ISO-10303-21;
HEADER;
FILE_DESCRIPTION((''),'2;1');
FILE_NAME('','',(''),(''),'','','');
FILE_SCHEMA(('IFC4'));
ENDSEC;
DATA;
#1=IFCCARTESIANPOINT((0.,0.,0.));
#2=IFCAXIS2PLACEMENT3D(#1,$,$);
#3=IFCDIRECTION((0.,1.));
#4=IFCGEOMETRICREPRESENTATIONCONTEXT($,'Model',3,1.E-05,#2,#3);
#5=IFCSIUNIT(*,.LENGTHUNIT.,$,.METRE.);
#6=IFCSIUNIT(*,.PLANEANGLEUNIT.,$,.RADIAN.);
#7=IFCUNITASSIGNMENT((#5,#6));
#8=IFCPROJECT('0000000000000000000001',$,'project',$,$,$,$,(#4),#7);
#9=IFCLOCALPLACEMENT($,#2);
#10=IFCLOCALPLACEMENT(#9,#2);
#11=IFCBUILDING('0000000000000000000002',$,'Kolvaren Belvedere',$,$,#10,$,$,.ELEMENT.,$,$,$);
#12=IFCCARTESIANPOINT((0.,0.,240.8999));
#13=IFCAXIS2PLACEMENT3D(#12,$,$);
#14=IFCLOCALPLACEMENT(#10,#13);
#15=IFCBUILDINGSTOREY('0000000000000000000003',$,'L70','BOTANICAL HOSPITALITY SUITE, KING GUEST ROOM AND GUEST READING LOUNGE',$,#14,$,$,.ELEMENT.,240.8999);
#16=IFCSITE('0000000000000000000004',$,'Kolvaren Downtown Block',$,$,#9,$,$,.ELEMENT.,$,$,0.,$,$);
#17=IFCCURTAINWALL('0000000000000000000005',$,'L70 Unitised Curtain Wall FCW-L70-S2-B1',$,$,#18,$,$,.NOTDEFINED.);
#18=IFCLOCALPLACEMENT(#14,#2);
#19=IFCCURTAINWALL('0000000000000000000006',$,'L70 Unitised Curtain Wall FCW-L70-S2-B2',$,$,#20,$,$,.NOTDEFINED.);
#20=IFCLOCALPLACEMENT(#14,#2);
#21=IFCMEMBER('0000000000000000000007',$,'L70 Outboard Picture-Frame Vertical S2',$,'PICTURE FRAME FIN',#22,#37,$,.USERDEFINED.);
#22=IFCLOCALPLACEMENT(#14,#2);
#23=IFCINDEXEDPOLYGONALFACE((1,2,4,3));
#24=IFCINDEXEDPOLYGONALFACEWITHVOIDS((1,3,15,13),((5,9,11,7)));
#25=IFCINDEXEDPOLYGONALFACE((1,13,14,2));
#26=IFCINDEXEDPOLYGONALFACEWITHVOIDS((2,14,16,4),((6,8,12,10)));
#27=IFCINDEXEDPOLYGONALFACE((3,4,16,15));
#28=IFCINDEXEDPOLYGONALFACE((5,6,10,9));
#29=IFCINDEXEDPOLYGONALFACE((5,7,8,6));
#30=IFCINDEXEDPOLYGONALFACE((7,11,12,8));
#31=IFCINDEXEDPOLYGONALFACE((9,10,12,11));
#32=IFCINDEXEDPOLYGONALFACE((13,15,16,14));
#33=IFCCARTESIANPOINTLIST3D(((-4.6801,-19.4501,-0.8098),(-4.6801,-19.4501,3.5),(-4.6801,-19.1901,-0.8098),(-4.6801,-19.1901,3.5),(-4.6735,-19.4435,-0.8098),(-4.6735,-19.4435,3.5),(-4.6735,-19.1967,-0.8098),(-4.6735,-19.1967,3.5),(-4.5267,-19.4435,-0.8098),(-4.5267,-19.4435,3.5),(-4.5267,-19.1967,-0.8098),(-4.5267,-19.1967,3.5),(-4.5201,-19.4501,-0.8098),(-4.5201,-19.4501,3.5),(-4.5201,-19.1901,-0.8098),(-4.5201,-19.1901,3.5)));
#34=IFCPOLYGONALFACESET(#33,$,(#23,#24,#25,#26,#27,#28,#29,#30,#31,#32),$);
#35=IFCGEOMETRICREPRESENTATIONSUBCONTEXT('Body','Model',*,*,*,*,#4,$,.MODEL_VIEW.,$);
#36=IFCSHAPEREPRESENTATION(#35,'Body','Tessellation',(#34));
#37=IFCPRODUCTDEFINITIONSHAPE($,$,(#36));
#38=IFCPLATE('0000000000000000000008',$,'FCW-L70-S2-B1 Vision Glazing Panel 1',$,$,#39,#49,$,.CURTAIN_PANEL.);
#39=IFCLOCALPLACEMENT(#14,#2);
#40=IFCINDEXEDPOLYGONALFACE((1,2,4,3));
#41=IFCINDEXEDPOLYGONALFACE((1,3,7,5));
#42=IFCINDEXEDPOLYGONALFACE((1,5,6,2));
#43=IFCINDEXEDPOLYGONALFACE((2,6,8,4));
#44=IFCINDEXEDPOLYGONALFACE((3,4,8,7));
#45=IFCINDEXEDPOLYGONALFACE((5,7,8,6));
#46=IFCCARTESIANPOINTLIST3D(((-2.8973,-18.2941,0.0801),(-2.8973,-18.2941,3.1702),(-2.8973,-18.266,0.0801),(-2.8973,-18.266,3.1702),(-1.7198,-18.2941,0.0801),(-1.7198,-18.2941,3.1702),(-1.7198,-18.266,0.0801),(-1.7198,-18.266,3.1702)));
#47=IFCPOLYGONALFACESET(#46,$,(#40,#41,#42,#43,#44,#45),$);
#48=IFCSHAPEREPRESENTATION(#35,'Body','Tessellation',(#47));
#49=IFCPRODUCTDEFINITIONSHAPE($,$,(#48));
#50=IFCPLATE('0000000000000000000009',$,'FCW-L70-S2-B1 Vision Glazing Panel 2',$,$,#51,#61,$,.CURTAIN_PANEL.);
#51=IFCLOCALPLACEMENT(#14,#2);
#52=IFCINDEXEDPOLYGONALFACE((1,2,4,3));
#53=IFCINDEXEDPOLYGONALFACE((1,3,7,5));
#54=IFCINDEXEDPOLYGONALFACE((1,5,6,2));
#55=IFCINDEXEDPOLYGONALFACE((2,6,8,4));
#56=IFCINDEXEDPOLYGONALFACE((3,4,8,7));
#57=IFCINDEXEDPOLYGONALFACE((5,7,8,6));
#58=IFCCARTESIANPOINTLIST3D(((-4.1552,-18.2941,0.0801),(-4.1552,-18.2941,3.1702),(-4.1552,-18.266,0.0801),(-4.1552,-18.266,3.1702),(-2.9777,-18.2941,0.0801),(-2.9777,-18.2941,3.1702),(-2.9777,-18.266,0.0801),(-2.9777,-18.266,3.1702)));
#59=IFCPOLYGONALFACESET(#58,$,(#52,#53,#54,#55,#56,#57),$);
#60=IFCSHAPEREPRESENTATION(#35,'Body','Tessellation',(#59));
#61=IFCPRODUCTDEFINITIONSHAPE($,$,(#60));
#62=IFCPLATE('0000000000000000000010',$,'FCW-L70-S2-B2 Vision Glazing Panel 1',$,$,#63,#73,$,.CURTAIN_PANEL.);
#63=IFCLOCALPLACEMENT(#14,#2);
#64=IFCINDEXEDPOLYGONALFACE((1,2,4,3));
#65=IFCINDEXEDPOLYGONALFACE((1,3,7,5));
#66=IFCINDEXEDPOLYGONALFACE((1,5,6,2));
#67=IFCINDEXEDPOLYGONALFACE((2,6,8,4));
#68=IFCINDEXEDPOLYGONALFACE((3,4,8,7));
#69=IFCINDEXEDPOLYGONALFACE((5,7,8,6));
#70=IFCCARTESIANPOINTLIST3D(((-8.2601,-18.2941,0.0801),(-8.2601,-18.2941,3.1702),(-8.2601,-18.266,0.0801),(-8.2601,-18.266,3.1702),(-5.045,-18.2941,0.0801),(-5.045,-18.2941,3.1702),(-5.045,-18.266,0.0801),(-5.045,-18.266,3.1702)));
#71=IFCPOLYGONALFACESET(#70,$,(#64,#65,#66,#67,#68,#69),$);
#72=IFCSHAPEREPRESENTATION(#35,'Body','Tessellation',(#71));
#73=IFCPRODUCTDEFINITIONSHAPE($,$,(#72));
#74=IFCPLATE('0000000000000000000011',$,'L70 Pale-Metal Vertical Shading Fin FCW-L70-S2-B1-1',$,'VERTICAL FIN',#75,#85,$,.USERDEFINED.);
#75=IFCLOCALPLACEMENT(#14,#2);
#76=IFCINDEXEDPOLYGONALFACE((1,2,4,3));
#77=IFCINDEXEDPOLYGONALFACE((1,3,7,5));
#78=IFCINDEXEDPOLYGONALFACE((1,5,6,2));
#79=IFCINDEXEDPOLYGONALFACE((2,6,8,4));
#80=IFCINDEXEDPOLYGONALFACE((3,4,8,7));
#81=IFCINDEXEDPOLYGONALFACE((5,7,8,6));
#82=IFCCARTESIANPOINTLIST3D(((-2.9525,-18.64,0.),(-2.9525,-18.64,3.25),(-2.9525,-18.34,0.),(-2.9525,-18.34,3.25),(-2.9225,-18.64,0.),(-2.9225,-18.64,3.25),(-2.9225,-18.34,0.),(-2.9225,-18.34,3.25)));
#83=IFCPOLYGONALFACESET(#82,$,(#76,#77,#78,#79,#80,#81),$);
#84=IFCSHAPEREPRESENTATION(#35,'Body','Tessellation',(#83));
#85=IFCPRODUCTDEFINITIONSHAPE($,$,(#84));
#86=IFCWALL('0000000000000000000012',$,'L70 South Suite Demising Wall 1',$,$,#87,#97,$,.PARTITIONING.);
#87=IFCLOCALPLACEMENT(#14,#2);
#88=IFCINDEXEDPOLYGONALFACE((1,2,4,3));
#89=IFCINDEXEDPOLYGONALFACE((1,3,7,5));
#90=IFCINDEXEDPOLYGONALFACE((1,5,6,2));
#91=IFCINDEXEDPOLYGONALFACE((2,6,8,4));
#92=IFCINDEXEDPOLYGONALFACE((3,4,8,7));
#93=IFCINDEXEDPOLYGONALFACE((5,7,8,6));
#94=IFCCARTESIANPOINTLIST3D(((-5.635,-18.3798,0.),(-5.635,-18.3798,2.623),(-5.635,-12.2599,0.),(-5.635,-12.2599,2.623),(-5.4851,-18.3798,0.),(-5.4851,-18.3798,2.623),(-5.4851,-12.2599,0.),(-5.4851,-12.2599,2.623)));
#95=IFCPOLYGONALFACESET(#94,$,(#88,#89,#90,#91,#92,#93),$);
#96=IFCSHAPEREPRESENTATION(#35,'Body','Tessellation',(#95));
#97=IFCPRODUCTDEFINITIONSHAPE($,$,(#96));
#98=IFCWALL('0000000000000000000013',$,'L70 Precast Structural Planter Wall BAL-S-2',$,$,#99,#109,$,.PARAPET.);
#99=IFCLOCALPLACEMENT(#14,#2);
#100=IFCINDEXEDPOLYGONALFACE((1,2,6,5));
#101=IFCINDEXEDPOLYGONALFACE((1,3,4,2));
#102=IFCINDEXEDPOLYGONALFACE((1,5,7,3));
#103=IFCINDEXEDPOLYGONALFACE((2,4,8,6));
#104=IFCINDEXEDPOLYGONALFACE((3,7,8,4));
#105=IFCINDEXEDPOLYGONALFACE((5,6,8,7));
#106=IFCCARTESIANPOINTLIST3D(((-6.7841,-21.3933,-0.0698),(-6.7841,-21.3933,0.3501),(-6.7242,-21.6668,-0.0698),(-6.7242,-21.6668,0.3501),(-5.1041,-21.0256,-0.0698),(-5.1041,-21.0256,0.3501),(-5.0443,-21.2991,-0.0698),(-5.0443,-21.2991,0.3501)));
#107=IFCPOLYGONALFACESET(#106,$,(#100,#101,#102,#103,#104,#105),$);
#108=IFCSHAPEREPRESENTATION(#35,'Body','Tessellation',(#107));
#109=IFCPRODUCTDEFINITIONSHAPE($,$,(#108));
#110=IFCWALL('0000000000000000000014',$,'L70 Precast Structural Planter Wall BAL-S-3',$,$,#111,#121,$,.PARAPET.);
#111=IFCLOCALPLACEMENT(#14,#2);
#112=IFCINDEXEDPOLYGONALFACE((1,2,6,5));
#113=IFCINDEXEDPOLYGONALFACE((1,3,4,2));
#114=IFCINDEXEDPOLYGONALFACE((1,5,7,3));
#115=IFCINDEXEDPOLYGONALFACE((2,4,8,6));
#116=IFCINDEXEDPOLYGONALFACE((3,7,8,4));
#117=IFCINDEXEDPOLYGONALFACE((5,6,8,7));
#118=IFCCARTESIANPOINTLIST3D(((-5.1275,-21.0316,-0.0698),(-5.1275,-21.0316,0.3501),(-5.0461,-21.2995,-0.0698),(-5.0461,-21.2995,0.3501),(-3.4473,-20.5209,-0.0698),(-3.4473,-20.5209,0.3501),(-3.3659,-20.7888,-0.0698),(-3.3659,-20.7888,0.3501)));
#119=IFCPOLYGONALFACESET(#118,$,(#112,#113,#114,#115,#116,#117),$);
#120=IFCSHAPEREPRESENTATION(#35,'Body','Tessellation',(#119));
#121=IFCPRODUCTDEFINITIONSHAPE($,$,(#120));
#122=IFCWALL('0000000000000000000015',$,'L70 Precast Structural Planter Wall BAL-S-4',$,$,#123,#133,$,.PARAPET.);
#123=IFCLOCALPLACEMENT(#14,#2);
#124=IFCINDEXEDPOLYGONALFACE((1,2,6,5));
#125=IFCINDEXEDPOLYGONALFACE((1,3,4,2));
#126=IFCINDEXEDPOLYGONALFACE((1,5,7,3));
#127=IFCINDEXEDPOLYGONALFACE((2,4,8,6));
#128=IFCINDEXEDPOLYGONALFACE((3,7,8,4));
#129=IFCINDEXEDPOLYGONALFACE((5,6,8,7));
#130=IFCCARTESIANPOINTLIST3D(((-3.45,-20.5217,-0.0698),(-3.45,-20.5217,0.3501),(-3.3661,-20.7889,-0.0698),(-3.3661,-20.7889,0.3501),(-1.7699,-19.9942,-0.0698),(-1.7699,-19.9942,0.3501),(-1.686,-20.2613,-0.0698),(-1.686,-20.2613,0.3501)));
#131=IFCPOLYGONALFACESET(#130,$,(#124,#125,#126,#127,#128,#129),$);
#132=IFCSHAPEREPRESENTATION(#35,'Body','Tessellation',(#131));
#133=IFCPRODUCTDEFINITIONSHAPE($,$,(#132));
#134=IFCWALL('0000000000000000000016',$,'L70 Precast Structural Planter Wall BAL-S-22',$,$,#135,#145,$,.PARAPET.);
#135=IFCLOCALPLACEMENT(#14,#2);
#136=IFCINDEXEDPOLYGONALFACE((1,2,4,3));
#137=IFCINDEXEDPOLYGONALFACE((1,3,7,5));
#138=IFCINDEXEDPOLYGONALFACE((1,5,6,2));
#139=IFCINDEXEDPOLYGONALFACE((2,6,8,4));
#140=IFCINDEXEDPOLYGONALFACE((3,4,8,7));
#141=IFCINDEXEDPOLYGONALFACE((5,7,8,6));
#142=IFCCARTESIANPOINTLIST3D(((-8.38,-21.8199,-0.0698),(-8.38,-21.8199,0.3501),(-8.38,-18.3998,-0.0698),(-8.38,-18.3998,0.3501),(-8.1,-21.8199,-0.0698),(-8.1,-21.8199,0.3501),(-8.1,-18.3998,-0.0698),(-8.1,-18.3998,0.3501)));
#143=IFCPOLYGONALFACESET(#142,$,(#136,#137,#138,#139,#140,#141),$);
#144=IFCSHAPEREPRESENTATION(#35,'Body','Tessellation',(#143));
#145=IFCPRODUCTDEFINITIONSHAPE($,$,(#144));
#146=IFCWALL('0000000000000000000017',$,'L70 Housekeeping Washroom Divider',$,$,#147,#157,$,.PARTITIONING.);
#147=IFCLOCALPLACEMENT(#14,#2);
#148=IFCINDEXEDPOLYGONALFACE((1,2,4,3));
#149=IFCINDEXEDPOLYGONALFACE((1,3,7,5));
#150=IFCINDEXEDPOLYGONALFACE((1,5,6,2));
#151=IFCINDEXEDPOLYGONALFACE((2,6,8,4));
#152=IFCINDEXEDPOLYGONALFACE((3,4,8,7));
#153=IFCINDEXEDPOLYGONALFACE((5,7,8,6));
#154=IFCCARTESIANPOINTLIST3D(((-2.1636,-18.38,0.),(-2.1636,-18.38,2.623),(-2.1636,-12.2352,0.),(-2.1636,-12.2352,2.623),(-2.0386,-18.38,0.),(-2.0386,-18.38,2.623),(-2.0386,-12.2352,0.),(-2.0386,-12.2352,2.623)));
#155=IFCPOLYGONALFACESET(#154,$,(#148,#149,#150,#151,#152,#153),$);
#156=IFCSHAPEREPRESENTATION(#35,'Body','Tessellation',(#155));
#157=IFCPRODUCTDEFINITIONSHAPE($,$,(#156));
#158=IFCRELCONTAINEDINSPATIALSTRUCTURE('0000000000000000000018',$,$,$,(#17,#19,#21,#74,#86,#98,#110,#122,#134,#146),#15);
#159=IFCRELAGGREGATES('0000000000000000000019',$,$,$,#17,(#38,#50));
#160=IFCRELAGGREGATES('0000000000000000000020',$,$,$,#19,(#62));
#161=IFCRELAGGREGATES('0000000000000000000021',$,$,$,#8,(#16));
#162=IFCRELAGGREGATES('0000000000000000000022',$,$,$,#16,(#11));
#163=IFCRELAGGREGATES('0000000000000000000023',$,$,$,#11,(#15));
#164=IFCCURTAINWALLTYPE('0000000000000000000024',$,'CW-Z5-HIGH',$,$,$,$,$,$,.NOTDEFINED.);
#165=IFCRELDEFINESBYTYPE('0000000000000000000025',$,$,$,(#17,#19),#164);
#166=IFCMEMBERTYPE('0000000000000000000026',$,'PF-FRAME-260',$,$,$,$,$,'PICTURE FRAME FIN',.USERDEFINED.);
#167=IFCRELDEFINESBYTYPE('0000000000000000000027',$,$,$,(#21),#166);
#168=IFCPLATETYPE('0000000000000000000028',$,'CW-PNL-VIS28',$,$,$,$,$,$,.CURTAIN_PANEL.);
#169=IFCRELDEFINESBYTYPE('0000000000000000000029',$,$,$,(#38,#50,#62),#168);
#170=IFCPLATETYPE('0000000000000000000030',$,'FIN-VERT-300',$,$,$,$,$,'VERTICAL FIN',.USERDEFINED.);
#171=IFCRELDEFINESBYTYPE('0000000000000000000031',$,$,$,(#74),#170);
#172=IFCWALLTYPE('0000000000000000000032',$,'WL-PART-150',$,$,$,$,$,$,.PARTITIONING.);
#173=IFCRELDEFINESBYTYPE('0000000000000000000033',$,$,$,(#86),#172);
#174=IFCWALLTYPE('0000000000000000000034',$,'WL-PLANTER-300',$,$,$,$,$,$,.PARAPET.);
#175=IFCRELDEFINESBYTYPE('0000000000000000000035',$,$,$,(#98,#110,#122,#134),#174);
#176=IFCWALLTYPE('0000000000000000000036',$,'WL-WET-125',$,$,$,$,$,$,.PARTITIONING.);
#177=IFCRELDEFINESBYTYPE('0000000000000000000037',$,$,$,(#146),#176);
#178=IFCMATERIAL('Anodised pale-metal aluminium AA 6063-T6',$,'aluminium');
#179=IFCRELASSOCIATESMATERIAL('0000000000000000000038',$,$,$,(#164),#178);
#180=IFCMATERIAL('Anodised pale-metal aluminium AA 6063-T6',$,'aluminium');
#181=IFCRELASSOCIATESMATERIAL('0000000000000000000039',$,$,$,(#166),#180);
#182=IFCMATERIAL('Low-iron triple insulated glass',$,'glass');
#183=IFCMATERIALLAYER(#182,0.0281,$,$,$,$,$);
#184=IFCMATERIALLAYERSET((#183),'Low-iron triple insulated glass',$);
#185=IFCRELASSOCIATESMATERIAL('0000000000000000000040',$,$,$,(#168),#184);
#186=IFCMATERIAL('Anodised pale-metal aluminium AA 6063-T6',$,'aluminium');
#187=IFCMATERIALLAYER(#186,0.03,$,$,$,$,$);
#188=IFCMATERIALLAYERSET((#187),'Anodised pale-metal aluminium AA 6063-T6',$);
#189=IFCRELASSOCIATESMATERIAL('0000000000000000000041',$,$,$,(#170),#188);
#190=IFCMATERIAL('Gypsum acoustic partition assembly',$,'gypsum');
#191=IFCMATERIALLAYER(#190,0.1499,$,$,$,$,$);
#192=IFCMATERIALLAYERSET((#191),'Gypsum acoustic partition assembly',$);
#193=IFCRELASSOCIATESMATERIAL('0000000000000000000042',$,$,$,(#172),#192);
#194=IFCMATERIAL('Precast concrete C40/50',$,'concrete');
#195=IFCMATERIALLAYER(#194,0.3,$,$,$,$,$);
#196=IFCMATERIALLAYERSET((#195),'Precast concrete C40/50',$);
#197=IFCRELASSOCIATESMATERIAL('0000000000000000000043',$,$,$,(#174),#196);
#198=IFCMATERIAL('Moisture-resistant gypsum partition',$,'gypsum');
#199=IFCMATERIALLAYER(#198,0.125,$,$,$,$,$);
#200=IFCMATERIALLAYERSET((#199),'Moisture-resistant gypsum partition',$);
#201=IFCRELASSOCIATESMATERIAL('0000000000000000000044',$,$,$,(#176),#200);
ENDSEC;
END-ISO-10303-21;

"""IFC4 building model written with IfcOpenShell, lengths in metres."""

from ifc_helpers import new_model, si_unit, direction, frame, frame_2d, origin, origin_2d, place, context, subcontext, project, spatial, rectangle, hollow_rectangle, extrude, material, layer, layer_set, material_profile, profile_set, type_object, element, aggregate, save


model = new_model("IFC4")

# Units and contexts
model_context = context("Model", 3, precision=1e-05, world=origin(), true_north=direction((0.0, 1.0)))
body_context = subcontext(model_context, "Body", "Model", "MODEL_VIEW")
ifc_project = project(units=[si_unit("LENGTHUNIT", "METRE"), si_unit("PLANEANGLEUNIT", "RADIAN")], contexts=[model_context])

# Site, building, storey
site_placement = place(None, origin())
site = spatial("IfcSite", under=ifc_project, at=site_placement, Name="Kolvaren Downtown Block", CompositionType="ELEMENT", RefElevation=0.0)
building_placement = place(site_placement, origin())
building = spatial("IfcBuilding", under=site, at=building_placement, Name="Kolvaren Belvedere", CompositionType="ELEMENT")
storey_placement = place(building_placement, frame((0.0, 0.0, 240.8999)))
storey = spatial("IfcBuildingStorey", under=building, at=storey_placement, Name="L70", Description="BOTANICAL HOSPITALITY SUITE, KING GUEST ROOM AND GUEST READING LOUNGE", CompositionType="ELEMENT", Elevation=240.8999)

# Curtain walls
ifc_material_1 = material(Name="Anodised pale-metal aluminium AA 6063-T6", Category="aluminium")
curtain_wall_type = type_object("IfcCurtainWallType", Name="CW-Z5-HIGH", PredefinedType="NOTDEFINED", material=ifc_material_1)
curtain_wall_1_placement = place(storey_placement, origin())
curtain_wall_1 = element("IfcCurtainWall", 1, at=curtain_wall_1_placement, inside=storey, type_object=curtain_wall_type, Name="L70 Unitised Curtain Wall FCW-L70-S2-B1", PredefinedType="NOTDEFINED")
curtain_wall_2_placement = place(storey_placement, origin())
curtain_wall_2 = element("IfcCurtainWall", 2, at=curtain_wall_2_placement, inside=storey, type_object=curtain_wall_type, Name="L70 Unitised Curtain Wall FCW-L70-S2-B2", PredefinedType="NOTDEFINED")

# Member
ifc_material_2 = material(Name="Anodised pale-metal aluminium AA 6063-T6", Category="aluminium")
ifc_material_profile_1 = material_profile(ifc_material_2, hollow_rectangle(XDim=0.1599, YDim=0.26, WallThickness=0.0066, at=origin_2d()), Name="ALU-PF-260X160")
ifc_profile_set_1 = profile_set([ifc_material_profile_1], Name="Anodised pale-metal aluminium AA 6063-T6")
member_type_1 = type_object("IfcMemberType", Name="PF-FRAME-260", ElementType="PICTURE FRAME FIN", PredefinedType="USERDEFINED", material=ifc_profile_set_1)
member_1_placement = place(storey_placement, frame((-4.6001, -19.3201, -0.8098), z_axis=(0.0, 0.0, 1.0), x_axis=(1.0, 0.0, 0.0)))
element("IfcMember", 3, at=member_1_placement, inside=storey, type_object=member_type_1, Name="L70 Outboard Picture-Frame Vertical S2", ObjectType="PICTURE FRAME FIN", PredefinedType="USERDEFINED", context=body_context, shape_type="SweptSolid", body=[
    extrude(hollow_rectangle(XDim=0.1599, YDim=0.26, WallThickness=0.0066, at=origin_2d()), origin(), (0.0, 0.0, 1.0), 4.3098),
])

# Plates
ifc_material_3 = material(Name="Low-iron triple insulated glass", Category="glass")
ifc_layer_1 = layer(ifc_material_3, 0.0281)
ifc_layer_set_1 = layer_set([ifc_layer_1], Name="Low-iron triple insulated glass")
plate_type_1 = type_object("IfcPlateType", Name="CW-PNL-VIS28", PredefinedType="CURTAIN_PANEL", material=ifc_layer_set_1)
plate_1_placement = place(storey_placement, frame((-2.3086, -18.28, 0.0801), z_axis=(0.0, 0.0, 1.0), x_axis=(-1.0, 0.0, 0.0)))
plate_1 = element("IfcPlate", 4, at=plate_1_placement, type_object=plate_type_1, Name="FCW-L70-S2-B1 Vision Glazing Panel 1", PredefinedType="CURTAIN_PANEL", context=body_context, shape_type="SweptSolid", body=[
    extrude(rectangle(XDim=1.1775, YDim=0.0281, at=origin_2d()), origin(), (0.0, 0.0, 1.0), 3.0901),
])
plate_2_placement = place(storey_placement, frame((-3.5664, -18.28, 0.0801), z_axis=(0.0, 0.0, 1.0), x_axis=(-1.0, 0.0, 0.0)))
plate_2 = element("IfcPlate", 5, at=plate_2_placement, type_object=plate_type_1, Name="FCW-L70-S2-B1 Vision Glazing Panel 2", PredefinedType="CURTAIN_PANEL", context=body_context, shape_type="SweptSolid", body=[
    extrude(rectangle(XDim=1.1775, YDim=0.0281, at=origin_2d()), origin(), (0.0, 0.0, 1.0), 3.0901),
])
aggregate(curtain_wall_1, [plate_1, plate_2])
plate_3_placement = place(storey_placement, frame((-6.6526, -18.28, 0.0801), z_axis=(0.0, 0.0, 1.0), x_axis=(-1.0, 0.0, 0.0)))
plate_3 = element("IfcPlate", 6, at=plate_3_placement, type_object=plate_type_1, Name="FCW-L70-S2-B2 Vision Glazing Panel 1", PredefinedType="CURTAIN_PANEL", context=body_context, shape_type="SweptSolid", body=[
    extrude(rectangle(XDim=3.2151, YDim=0.0281, at=origin_2d()), origin(), (0.0, 0.0, 1.0), 3.0901),
])
aggregate(curtain_wall_2, [plate_3])
ifc_material_4 = material(Name="Anodised pale-metal aluminium AA 6063-T6", Category="aluminium")
ifc_layer_2 = layer(ifc_material_4, 0.03)
ifc_layer_set_2 = layer_set([ifc_layer_2], Name="Anodised pale-metal aluminium AA 6063-T6")
plate_type_2 = type_object("IfcPlateType", Name="FIN-VERT-300", ElementType="VERTICAL FIN", PredefinedType="USERDEFINED", material=ifc_layer_set_2)
plate_4_placement = place(storey_placement, frame((-2.9375, -18.49, 0.0), z_axis=(0.0, 0.0, 1.0), x_axis=(0.0, 1.0, 0.0)))
element("IfcPlate", 7, at=plate_4_placement, inside=storey, type_object=plate_type_2, Name="L70 Pale-Metal Vertical Shading Fin FCW-L70-S2-B1-1", ObjectType="VERTICAL FIN", PredefinedType="USERDEFINED", context=body_context, shape_type="SweptSolid", body=[
    extrude(rectangle(XDim=0.3, YDim=0.03, at=origin_2d()), origin(), (0.0, 0.0, 1.0), 3.25),
])

# Walls
ifc_material_5 = material(Name="Gypsum acoustic partition assembly", Category="gypsum")
ifc_layer_3 = layer(ifc_material_5, 0.1499)
ifc_layer_set_3 = layer_set([ifc_layer_3], Name="Gypsum acoustic partition assembly")
wall_type_1 = type_object("IfcWallType", Name="WL-PART-150", PredefinedType="PARTITIONING", material=ifc_layer_set_3)
wall_1_placement = place(storey_placement, frame((-5.5601, -18.3799, 0.0), z_axis=(0.0, 0.0, 1.0), x_axis=(0.0, 1.0, 0.0)))
element("IfcWall", 8, at=wall_1_placement, inside=storey, type_object=wall_type_1, Name="L70 South Suite Demising Wall 1", PredefinedType="PARTITIONING", context=body_context, shape_type="SweptSolid", body=[
    extrude(rectangle(XDim=6.1199, YDim=0.1499, at=frame_2d((3.0601, 0.0))), origin(), (0.0, 0.0, 1.0), 2.623),
])
ifc_material_6 = material(Name="Precast concrete C40/50", Category="concrete")
ifc_layer_4 = layer(ifc_material_6, 0.3)
ifc_layer_set_4 = layer_set([ifc_layer_4], Name="Precast concrete C40/50")
wall_type_2 = type_object("IfcWallType", Name="WL-PLANTER-300", PredefinedType="PARAPET", material=ifc_layer_set_4)
wall_2_placement = place(storey_placement, frame((-6.7542, -21.53, -0.0698), z_axis=(0.0, 0.0, 1.0), x_axis=(0.976877, 0.213803, 0.0)))
element("IfcWall", 9, at=wall_2_placement, inside=storey, type_object=wall_type_2, Name="L70 Precast Structural Planter Wall BAL-S-2", PredefinedType="PARAPET", context=body_context, shape_type="SweptSolid", body=[
    extrude(rectangle(XDim=1.7197, YDim=0.28, at=frame_2d((0.8599, 0.0))), origin(), (0.0, 0.0, 1.0), 0.4199),
])
wall_3_placement = place(storey_placement, frame((-5.0867, -21.1655, -0.0698), z_axis=(0.0, 0.0, 1.0), x_axis=(0.956771, 0.290841, 0.0)))
element("IfcWall", 10, at=wall_3_placement, inside=storey, type_object=wall_type_2, Name="L70 Precast Structural Planter Wall BAL-S-3", PredefinedType="PARAPET", context=body_context, shape_type="SweptSolid", body=[
    extrude(rectangle(XDim=1.7561, YDim=0.28, at=frame_2d((0.8779, 0.0))), origin(), (0.0, 0.0, 1.0), 0.4199),
])
wall_4_placement = place(storey_placement, frame((-3.408, -20.6553, -0.0698), z_axis=(0.0, 0.0, 1.0), x_axis=(0.95407, 0.299585, 0.0)))
element("IfcWall", 11, at=wall_4_placement, inside=storey, type_object=wall_type_2, Name="L70 Precast Structural Planter Wall BAL-S-4", PredefinedType="PARAPET", context=body_context, shape_type="SweptSolid", body=[
    extrude(rectangle(XDim=1.761, YDim=0.28, at=frame_2d((0.8804, 0.0))), origin(), (0.0, 0.0, 1.0), 0.4199),
])
wall_5_placement = place(storey_placement, frame((-8.24, -18.3999, -0.0698), z_axis=(0.0, 0.0, 1.0), x_axis=(0.0, -1.0, 0.0)))
element("IfcWall", 12, at=wall_5_placement, inside=storey, type_object=wall_type_2, Name="L70 Precast Structural Planter Wall BAL-S-22", PredefinedType="PARAPET", context=body_context, shape_type="SweptSolid", body=[
    extrude(rectangle(XDim=3.4202, YDim=0.28, at=frame_2d((1.71, 0.0))), origin(), (0.0, 0.0, 1.0), 0.4199),
])
ifc_material_7 = material(Name="Moisture-resistant gypsum partition", Category="gypsum")
ifc_layer_5 = layer(ifc_material_7, 0.125)
ifc_layer_set_5 = layer_set([ifc_layer_5], Name="Moisture-resistant gypsum partition")
wall_type_3 = type_object("IfcWallType", Name="WL-WET-125", PredefinedType="PARTITIONING", material=ifc_layer_set_5)
wall_6_placement = place(storey_placement, frame((-2.1011, -18.3799, 0.0), z_axis=(0.0, 0.0, 1.0), x_axis=(0.0, 1.0, 0.0)))
element("IfcWall", 13, at=wall_6_placement, inside=storey, type_object=wall_type_3, Name="L70 Housekeeping Washroom Divider", PredefinedType="PARTITIONING", context=body_context, shape_type="SweptSolid", body=[
    extrude(rectangle(XDim=6.1448, YDim=0.125, at=frame_2d((3.0723, 0.0))), origin(), (0.0, 0.0, 1.0), 2.623),
])

save(model, "model.ifc")
